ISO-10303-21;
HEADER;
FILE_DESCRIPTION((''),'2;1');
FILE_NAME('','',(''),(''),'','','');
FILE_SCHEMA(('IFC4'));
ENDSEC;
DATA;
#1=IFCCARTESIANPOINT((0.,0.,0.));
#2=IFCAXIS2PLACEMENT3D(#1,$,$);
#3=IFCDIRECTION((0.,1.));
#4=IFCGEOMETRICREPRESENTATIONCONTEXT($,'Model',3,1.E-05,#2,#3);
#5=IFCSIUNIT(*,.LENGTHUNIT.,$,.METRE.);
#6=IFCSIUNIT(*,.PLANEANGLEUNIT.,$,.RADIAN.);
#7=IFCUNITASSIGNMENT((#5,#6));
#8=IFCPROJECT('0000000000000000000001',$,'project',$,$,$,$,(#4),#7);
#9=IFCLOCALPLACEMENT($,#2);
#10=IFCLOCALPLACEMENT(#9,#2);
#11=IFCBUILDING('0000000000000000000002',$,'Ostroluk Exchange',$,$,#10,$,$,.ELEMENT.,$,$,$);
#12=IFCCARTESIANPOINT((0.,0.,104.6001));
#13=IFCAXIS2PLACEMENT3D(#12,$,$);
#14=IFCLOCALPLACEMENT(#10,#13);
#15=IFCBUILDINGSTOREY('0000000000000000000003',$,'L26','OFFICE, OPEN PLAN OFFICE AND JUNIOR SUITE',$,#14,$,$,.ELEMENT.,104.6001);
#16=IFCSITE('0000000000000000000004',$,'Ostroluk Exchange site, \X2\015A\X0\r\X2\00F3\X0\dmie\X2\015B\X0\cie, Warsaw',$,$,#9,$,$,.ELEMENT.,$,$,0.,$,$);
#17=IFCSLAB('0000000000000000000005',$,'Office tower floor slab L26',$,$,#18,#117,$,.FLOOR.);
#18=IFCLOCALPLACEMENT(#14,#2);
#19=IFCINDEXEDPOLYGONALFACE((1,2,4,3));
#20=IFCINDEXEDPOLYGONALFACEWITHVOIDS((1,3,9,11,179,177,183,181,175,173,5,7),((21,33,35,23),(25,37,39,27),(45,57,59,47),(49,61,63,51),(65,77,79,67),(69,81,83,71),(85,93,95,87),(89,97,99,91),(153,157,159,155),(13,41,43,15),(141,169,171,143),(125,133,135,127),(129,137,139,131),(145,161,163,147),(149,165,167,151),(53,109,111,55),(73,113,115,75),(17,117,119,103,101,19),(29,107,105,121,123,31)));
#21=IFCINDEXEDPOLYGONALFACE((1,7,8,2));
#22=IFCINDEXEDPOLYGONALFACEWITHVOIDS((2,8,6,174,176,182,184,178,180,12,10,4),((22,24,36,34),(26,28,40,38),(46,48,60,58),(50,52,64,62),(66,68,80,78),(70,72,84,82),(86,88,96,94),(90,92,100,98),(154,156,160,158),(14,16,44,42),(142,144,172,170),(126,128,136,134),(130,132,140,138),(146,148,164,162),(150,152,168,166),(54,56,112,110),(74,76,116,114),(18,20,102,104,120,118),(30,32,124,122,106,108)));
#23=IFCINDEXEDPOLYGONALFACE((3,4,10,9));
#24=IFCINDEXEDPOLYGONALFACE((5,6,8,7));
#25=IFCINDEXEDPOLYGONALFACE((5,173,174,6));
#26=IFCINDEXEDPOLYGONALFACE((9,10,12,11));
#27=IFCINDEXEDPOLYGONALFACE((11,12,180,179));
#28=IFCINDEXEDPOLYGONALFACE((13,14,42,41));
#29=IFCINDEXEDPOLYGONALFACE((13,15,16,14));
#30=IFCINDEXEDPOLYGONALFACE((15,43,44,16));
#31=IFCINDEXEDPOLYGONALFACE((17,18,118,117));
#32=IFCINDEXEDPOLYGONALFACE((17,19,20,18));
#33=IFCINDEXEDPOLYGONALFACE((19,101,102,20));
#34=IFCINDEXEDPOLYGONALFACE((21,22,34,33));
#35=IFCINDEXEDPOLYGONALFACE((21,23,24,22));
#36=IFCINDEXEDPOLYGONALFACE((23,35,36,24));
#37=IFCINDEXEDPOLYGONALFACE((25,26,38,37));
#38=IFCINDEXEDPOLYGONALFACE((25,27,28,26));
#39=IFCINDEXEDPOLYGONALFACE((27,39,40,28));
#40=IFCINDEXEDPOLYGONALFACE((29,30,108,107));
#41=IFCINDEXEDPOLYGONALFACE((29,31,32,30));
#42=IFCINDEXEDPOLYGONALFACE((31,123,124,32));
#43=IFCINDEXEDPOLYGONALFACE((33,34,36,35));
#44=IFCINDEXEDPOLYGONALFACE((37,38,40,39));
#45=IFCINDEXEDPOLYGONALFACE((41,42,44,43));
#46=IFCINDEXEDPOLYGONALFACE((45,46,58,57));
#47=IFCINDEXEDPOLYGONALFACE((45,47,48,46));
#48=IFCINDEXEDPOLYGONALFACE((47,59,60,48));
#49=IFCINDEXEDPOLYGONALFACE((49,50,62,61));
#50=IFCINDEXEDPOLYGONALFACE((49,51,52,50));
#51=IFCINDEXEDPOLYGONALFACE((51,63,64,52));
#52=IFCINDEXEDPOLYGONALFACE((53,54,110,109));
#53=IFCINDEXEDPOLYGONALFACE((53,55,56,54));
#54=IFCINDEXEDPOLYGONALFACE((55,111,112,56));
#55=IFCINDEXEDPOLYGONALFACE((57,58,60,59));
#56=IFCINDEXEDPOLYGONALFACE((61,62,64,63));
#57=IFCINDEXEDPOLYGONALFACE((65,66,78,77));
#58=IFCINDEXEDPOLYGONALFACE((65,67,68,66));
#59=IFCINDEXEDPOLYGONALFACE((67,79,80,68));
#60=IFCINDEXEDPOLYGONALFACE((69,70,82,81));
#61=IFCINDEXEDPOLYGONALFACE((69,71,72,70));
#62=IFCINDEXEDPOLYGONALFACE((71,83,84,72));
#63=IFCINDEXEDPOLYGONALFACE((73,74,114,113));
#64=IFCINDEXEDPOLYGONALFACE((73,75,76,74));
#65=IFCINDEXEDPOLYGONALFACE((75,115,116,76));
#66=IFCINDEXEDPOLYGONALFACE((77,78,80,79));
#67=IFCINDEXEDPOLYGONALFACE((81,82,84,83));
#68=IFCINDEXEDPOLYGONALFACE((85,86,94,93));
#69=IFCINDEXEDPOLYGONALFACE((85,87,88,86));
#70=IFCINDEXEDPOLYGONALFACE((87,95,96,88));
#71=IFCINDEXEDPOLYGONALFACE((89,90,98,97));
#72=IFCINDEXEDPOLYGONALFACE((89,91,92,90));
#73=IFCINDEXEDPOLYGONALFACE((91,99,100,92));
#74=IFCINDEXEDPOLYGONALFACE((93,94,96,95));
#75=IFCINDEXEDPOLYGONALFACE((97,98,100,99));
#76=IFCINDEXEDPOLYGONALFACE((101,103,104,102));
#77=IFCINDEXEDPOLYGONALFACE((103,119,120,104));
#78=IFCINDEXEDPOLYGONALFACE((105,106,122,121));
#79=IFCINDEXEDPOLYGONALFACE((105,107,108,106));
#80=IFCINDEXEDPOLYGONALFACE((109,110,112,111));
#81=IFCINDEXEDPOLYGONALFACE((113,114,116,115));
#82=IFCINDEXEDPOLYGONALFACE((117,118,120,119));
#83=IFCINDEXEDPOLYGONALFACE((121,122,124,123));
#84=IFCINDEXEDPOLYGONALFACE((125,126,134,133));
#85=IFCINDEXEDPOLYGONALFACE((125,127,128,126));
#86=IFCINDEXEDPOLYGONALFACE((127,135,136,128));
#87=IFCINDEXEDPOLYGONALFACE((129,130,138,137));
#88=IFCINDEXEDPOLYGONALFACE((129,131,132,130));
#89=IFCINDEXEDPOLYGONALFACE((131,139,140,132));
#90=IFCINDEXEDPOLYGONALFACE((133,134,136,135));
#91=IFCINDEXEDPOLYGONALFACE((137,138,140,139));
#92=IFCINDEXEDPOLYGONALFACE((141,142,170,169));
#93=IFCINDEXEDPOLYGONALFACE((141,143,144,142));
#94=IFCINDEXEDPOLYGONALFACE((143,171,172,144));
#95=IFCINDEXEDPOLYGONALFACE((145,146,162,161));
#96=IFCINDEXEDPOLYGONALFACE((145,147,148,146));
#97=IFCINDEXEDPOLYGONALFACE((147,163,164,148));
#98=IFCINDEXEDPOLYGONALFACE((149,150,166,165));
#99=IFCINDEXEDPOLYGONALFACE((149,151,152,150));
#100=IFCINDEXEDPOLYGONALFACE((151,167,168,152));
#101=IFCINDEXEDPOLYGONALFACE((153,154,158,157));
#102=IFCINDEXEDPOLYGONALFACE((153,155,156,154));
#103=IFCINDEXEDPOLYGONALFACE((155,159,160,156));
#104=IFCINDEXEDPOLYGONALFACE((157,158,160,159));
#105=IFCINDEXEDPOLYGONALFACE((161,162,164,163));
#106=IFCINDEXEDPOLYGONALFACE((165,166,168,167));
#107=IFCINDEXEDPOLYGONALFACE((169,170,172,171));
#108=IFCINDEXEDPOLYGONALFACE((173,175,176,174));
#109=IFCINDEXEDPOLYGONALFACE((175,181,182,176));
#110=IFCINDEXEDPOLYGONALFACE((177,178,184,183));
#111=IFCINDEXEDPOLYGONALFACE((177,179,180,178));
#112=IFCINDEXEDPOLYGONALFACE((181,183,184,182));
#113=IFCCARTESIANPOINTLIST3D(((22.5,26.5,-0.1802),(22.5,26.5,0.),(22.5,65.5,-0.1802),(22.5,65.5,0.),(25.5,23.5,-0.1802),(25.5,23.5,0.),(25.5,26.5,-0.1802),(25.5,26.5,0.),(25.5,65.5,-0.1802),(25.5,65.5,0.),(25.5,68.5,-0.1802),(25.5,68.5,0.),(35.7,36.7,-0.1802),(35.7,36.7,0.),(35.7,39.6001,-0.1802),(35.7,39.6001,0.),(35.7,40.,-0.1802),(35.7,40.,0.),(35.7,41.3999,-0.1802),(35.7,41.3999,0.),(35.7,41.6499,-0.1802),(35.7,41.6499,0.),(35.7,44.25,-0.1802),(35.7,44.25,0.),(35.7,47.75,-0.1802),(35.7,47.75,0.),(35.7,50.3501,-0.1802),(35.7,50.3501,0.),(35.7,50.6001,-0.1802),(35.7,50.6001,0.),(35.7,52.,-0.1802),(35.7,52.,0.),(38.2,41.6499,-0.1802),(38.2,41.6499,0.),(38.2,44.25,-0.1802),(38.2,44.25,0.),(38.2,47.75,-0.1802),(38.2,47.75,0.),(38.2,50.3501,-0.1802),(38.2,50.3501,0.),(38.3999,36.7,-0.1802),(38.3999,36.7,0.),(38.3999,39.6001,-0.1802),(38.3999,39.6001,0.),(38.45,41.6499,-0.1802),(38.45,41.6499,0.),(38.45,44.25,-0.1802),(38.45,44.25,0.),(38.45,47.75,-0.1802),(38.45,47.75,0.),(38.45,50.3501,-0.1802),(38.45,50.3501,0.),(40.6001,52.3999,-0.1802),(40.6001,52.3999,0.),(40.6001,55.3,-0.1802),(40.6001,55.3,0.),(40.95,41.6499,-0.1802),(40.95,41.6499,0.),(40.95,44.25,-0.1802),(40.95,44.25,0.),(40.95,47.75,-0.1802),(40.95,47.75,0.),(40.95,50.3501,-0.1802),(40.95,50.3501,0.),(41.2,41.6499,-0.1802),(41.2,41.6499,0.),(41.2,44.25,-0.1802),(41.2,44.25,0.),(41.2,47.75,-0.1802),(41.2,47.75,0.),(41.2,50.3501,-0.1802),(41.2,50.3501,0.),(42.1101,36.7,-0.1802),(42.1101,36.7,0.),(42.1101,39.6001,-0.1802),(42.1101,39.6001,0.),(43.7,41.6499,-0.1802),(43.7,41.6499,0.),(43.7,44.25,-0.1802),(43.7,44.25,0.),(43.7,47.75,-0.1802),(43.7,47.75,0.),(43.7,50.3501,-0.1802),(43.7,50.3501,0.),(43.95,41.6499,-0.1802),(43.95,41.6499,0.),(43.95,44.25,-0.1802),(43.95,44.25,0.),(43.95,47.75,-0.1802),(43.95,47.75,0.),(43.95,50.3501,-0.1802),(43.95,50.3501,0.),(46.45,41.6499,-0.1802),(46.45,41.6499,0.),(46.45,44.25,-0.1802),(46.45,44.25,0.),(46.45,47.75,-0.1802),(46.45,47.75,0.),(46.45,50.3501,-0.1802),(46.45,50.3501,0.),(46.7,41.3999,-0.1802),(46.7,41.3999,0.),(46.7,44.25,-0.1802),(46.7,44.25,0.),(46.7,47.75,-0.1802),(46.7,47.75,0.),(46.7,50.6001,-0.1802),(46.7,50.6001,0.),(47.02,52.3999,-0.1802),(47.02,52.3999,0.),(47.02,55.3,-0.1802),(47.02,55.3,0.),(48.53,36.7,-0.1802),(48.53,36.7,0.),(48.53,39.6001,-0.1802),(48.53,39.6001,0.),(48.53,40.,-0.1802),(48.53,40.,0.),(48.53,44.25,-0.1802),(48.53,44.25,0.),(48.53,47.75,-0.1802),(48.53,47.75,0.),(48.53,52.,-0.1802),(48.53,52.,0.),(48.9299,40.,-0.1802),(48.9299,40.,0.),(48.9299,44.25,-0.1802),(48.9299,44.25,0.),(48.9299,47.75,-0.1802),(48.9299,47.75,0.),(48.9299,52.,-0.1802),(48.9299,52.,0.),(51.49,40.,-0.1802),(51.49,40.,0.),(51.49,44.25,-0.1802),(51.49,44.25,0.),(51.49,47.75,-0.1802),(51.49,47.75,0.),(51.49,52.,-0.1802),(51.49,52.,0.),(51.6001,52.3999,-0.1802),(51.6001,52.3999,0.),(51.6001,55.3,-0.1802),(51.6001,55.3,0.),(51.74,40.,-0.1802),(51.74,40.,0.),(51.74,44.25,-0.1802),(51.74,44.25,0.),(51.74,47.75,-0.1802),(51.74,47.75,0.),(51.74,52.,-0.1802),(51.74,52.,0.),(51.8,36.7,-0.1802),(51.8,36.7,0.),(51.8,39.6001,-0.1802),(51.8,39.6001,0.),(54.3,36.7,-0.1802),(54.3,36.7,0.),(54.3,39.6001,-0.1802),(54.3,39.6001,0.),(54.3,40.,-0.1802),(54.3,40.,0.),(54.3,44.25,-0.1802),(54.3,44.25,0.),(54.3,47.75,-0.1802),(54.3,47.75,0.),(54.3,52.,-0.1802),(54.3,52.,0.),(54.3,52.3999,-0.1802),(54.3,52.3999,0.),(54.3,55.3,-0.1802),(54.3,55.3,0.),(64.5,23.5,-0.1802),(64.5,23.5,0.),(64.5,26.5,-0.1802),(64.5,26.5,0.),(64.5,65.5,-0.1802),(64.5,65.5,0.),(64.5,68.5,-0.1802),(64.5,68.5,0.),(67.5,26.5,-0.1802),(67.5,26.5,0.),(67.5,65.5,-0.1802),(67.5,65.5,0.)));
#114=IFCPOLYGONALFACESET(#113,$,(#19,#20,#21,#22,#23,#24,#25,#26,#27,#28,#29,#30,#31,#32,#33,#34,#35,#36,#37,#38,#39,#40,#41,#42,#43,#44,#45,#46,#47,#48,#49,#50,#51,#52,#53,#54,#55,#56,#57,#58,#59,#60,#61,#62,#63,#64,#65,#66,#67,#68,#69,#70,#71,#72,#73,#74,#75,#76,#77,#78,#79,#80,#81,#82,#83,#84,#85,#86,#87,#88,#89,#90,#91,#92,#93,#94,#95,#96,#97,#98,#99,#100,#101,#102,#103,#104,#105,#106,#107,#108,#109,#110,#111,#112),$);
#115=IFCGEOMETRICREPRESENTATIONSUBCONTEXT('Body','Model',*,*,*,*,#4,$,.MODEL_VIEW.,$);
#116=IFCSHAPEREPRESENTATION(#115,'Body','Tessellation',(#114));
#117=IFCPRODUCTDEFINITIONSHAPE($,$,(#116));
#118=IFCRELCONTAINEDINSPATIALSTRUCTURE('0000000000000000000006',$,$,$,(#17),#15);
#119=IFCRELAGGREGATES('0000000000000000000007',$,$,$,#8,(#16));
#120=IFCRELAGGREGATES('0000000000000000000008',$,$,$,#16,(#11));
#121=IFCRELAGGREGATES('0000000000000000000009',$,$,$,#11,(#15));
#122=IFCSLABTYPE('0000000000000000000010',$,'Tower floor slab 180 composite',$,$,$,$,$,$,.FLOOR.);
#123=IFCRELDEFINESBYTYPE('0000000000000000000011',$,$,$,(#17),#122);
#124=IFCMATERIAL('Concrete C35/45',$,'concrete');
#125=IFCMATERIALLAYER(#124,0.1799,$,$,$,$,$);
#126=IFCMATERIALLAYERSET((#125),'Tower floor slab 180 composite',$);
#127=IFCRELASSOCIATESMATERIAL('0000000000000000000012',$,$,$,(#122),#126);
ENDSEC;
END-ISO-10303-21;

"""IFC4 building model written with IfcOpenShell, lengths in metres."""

from ifc_helpers import new_model, si_unit, direction, frame, origin, place, context, subcontext, project, spatial, polyline, outline, extrude, material, layer, layer_set, type_object, element, save


model = new_model("IFC4")

# Units and contexts
model_context = context("Model", 3, precision=1e-05, world=origin(), true_north=direction((0.0, 1.0)))
body_context = subcontext(model_context, "Body", "Model", "MODEL_VIEW")
ifc_project = project(units=[si_unit("LENGTHUNIT", "METRE"), si_unit("PLANEANGLEUNIT", "RADIAN")], contexts=[model_context])

# Site, building, storey
site_placement = place(None, origin())
site = spatial("IfcSite", under=ifc_project, at=site_placement, Name="Ostroluk Exchange site, Śródmieście, Warsaw", CompositionType="ELEMENT", RefElevation=0.0)
building_placement = place(site_placement, origin())
building = spatial("IfcBuilding", under=site, at=building_placement, Name="Ostroluk Exchange", CompositionType="ELEMENT")
storey_placement = place(building_placement, frame((0.0, 0.0, 104.6001)))
storey = spatial("IfcBuildingStorey", under=building, at=storey_placement, Name="L26", Description="OFFICE, OPEN PLAN OFFICE AND JUNIOR SUITE", CompositionType="ELEMENT", Elevation=104.6001)

# Slab
ifc_material_1 = material(Name="Concrete C35/45", Category="concrete")
ifc_layer_1 = layer(ifc_material_1, 0.1799)
ifc_layer_set_1 = layer_set([ifc_layer_1], Name="Tower floor slab 180 composite")
slab_type_1 = type_object("IfcSlabType", Name="Tower floor slab 180 composite", PredefinedType="FLOOR", material=ifc_layer_set_1)
slab_1_placement = place(storey_placement, frame((0.0, 0.0, -0.1802)))
element("IfcSlab", 1, at=slab_1_placement, inside=storey, type_object=slab_type_1, Name="Office tower floor slab L26", PredefinedType="FLOOR", context=body_context, shape_type="SweptSolid", body=[
    extrude(outline(polyline([(25.5, 23.5), (64.5, 23.5), (64.5, 26.5), (67.5, 26.5), (67.5, 65.5), (64.5, 65.5), (64.5, 68.5), (25.5, 68.5), (25.5, 65.5), (22.5, 65.5), (22.5, 26.5), (25.5, 26.5), (25.5, 23.5)]), holes=[polyline([(35.7, 36.7), (38.3999, 36.7), (38.3999, 39.6001), (35.7, 39.6001), (35.7, 36.7)]), polyline([(42.1101, 36.7), (48.53, 36.7), (48.53, 39.6001), (42.1101, 39.6001), (42.1101, 36.7)]), polyline([(51.8, 36.7), (54.3, 36.7), (54.3, 39.6001), (51.8, 39.6001), (51.8, 36.7)]), polyline([(40.6001, 52.3999), (47.02, 52.3999), (47.02, 55.3), (40.6001, 55.3), (40.6001, 52.3999)]), polyline([(51.6001, 52.3999), (54.3, 52.3999), (54.3, 55.3), (51.6001, 55.3), (51.6001, 52.3999)]), polyline([(35.7, 47.75), (38.2, 47.75), (38.2, 50.3501), (35.7, 50.3501), (35.7, 47.75)]), polyline([(38.45, 47.75), (40.95, 47.75), (40.95, 50.3501), (38.45, 50.3501), (38.45, 47.75)]), polyline([(41.2, 47.75), (43.7, 47.75), (43.7, 50.3501), (41.2, 50.3501), (41.2, 47.75)]), polyline([(43.95, 47.75), (46.45, 47.75), (46.45, 50.3501), (43.95, 50.3501), (43.95, 47.75)]), polyline([(35.7, 41.6499), (38.2, 41.6499), (38.2, 44.25), (35.7, 44.25), (35.7, 41.6499)]), polyline([(38.45, 41.6499), (40.95, 41.6499), (40.95, 44.25), (38.45, 44.25), (38.45, 41.6499)]), polyline([(41.2, 41.6499), (43.7, 41.6499), (43.7, 44.25), (41.2, 44.25), (41.2, 41.6499)]), polyline([(43.95, 41.6499), (46.45, 41.6499), (46.45, 44.25), (43.95, 44.25), (43.95, 41.6499)]), polyline([(48.9299, 47.75), (51.49, 47.75), (51.49, 52.0), (48.9299, 52.0), (48.9299, 47.75)]), polyline([(51.74, 47.75), (54.3, 47.75), (54.3, 52.0), (51.74, 52.0), (51.74, 47.75)]), polyline([(48.9299, 40.0), (51.49, 40.0), (51.49, 44.25), (48.9299, 44.25), (48.9299, 40.0)]), polyline([(51.74, 40.0), (54.3, 40.0), (54.3, 44.25), (51.74, 44.25), (51.74, 40.0)]), polyline([(48.53, 52.0), (48.53, 47.75), (46.7, 47.75), (46.7, 50.6001), (35.7, 50.6001), (35.7, 52.0), (48.53, 52.0)]), polyline([(35.7, 40.0), (35.7, 41.3999), (46.7, 41.3999), (46.7, 44.25), (48.53, 44.25), (48.53, 40.0), (35.7, 40.0)])]), origin(), (0.0, 0.0, 1.0), 0.1802),
])

save(model, "model.ifc")
